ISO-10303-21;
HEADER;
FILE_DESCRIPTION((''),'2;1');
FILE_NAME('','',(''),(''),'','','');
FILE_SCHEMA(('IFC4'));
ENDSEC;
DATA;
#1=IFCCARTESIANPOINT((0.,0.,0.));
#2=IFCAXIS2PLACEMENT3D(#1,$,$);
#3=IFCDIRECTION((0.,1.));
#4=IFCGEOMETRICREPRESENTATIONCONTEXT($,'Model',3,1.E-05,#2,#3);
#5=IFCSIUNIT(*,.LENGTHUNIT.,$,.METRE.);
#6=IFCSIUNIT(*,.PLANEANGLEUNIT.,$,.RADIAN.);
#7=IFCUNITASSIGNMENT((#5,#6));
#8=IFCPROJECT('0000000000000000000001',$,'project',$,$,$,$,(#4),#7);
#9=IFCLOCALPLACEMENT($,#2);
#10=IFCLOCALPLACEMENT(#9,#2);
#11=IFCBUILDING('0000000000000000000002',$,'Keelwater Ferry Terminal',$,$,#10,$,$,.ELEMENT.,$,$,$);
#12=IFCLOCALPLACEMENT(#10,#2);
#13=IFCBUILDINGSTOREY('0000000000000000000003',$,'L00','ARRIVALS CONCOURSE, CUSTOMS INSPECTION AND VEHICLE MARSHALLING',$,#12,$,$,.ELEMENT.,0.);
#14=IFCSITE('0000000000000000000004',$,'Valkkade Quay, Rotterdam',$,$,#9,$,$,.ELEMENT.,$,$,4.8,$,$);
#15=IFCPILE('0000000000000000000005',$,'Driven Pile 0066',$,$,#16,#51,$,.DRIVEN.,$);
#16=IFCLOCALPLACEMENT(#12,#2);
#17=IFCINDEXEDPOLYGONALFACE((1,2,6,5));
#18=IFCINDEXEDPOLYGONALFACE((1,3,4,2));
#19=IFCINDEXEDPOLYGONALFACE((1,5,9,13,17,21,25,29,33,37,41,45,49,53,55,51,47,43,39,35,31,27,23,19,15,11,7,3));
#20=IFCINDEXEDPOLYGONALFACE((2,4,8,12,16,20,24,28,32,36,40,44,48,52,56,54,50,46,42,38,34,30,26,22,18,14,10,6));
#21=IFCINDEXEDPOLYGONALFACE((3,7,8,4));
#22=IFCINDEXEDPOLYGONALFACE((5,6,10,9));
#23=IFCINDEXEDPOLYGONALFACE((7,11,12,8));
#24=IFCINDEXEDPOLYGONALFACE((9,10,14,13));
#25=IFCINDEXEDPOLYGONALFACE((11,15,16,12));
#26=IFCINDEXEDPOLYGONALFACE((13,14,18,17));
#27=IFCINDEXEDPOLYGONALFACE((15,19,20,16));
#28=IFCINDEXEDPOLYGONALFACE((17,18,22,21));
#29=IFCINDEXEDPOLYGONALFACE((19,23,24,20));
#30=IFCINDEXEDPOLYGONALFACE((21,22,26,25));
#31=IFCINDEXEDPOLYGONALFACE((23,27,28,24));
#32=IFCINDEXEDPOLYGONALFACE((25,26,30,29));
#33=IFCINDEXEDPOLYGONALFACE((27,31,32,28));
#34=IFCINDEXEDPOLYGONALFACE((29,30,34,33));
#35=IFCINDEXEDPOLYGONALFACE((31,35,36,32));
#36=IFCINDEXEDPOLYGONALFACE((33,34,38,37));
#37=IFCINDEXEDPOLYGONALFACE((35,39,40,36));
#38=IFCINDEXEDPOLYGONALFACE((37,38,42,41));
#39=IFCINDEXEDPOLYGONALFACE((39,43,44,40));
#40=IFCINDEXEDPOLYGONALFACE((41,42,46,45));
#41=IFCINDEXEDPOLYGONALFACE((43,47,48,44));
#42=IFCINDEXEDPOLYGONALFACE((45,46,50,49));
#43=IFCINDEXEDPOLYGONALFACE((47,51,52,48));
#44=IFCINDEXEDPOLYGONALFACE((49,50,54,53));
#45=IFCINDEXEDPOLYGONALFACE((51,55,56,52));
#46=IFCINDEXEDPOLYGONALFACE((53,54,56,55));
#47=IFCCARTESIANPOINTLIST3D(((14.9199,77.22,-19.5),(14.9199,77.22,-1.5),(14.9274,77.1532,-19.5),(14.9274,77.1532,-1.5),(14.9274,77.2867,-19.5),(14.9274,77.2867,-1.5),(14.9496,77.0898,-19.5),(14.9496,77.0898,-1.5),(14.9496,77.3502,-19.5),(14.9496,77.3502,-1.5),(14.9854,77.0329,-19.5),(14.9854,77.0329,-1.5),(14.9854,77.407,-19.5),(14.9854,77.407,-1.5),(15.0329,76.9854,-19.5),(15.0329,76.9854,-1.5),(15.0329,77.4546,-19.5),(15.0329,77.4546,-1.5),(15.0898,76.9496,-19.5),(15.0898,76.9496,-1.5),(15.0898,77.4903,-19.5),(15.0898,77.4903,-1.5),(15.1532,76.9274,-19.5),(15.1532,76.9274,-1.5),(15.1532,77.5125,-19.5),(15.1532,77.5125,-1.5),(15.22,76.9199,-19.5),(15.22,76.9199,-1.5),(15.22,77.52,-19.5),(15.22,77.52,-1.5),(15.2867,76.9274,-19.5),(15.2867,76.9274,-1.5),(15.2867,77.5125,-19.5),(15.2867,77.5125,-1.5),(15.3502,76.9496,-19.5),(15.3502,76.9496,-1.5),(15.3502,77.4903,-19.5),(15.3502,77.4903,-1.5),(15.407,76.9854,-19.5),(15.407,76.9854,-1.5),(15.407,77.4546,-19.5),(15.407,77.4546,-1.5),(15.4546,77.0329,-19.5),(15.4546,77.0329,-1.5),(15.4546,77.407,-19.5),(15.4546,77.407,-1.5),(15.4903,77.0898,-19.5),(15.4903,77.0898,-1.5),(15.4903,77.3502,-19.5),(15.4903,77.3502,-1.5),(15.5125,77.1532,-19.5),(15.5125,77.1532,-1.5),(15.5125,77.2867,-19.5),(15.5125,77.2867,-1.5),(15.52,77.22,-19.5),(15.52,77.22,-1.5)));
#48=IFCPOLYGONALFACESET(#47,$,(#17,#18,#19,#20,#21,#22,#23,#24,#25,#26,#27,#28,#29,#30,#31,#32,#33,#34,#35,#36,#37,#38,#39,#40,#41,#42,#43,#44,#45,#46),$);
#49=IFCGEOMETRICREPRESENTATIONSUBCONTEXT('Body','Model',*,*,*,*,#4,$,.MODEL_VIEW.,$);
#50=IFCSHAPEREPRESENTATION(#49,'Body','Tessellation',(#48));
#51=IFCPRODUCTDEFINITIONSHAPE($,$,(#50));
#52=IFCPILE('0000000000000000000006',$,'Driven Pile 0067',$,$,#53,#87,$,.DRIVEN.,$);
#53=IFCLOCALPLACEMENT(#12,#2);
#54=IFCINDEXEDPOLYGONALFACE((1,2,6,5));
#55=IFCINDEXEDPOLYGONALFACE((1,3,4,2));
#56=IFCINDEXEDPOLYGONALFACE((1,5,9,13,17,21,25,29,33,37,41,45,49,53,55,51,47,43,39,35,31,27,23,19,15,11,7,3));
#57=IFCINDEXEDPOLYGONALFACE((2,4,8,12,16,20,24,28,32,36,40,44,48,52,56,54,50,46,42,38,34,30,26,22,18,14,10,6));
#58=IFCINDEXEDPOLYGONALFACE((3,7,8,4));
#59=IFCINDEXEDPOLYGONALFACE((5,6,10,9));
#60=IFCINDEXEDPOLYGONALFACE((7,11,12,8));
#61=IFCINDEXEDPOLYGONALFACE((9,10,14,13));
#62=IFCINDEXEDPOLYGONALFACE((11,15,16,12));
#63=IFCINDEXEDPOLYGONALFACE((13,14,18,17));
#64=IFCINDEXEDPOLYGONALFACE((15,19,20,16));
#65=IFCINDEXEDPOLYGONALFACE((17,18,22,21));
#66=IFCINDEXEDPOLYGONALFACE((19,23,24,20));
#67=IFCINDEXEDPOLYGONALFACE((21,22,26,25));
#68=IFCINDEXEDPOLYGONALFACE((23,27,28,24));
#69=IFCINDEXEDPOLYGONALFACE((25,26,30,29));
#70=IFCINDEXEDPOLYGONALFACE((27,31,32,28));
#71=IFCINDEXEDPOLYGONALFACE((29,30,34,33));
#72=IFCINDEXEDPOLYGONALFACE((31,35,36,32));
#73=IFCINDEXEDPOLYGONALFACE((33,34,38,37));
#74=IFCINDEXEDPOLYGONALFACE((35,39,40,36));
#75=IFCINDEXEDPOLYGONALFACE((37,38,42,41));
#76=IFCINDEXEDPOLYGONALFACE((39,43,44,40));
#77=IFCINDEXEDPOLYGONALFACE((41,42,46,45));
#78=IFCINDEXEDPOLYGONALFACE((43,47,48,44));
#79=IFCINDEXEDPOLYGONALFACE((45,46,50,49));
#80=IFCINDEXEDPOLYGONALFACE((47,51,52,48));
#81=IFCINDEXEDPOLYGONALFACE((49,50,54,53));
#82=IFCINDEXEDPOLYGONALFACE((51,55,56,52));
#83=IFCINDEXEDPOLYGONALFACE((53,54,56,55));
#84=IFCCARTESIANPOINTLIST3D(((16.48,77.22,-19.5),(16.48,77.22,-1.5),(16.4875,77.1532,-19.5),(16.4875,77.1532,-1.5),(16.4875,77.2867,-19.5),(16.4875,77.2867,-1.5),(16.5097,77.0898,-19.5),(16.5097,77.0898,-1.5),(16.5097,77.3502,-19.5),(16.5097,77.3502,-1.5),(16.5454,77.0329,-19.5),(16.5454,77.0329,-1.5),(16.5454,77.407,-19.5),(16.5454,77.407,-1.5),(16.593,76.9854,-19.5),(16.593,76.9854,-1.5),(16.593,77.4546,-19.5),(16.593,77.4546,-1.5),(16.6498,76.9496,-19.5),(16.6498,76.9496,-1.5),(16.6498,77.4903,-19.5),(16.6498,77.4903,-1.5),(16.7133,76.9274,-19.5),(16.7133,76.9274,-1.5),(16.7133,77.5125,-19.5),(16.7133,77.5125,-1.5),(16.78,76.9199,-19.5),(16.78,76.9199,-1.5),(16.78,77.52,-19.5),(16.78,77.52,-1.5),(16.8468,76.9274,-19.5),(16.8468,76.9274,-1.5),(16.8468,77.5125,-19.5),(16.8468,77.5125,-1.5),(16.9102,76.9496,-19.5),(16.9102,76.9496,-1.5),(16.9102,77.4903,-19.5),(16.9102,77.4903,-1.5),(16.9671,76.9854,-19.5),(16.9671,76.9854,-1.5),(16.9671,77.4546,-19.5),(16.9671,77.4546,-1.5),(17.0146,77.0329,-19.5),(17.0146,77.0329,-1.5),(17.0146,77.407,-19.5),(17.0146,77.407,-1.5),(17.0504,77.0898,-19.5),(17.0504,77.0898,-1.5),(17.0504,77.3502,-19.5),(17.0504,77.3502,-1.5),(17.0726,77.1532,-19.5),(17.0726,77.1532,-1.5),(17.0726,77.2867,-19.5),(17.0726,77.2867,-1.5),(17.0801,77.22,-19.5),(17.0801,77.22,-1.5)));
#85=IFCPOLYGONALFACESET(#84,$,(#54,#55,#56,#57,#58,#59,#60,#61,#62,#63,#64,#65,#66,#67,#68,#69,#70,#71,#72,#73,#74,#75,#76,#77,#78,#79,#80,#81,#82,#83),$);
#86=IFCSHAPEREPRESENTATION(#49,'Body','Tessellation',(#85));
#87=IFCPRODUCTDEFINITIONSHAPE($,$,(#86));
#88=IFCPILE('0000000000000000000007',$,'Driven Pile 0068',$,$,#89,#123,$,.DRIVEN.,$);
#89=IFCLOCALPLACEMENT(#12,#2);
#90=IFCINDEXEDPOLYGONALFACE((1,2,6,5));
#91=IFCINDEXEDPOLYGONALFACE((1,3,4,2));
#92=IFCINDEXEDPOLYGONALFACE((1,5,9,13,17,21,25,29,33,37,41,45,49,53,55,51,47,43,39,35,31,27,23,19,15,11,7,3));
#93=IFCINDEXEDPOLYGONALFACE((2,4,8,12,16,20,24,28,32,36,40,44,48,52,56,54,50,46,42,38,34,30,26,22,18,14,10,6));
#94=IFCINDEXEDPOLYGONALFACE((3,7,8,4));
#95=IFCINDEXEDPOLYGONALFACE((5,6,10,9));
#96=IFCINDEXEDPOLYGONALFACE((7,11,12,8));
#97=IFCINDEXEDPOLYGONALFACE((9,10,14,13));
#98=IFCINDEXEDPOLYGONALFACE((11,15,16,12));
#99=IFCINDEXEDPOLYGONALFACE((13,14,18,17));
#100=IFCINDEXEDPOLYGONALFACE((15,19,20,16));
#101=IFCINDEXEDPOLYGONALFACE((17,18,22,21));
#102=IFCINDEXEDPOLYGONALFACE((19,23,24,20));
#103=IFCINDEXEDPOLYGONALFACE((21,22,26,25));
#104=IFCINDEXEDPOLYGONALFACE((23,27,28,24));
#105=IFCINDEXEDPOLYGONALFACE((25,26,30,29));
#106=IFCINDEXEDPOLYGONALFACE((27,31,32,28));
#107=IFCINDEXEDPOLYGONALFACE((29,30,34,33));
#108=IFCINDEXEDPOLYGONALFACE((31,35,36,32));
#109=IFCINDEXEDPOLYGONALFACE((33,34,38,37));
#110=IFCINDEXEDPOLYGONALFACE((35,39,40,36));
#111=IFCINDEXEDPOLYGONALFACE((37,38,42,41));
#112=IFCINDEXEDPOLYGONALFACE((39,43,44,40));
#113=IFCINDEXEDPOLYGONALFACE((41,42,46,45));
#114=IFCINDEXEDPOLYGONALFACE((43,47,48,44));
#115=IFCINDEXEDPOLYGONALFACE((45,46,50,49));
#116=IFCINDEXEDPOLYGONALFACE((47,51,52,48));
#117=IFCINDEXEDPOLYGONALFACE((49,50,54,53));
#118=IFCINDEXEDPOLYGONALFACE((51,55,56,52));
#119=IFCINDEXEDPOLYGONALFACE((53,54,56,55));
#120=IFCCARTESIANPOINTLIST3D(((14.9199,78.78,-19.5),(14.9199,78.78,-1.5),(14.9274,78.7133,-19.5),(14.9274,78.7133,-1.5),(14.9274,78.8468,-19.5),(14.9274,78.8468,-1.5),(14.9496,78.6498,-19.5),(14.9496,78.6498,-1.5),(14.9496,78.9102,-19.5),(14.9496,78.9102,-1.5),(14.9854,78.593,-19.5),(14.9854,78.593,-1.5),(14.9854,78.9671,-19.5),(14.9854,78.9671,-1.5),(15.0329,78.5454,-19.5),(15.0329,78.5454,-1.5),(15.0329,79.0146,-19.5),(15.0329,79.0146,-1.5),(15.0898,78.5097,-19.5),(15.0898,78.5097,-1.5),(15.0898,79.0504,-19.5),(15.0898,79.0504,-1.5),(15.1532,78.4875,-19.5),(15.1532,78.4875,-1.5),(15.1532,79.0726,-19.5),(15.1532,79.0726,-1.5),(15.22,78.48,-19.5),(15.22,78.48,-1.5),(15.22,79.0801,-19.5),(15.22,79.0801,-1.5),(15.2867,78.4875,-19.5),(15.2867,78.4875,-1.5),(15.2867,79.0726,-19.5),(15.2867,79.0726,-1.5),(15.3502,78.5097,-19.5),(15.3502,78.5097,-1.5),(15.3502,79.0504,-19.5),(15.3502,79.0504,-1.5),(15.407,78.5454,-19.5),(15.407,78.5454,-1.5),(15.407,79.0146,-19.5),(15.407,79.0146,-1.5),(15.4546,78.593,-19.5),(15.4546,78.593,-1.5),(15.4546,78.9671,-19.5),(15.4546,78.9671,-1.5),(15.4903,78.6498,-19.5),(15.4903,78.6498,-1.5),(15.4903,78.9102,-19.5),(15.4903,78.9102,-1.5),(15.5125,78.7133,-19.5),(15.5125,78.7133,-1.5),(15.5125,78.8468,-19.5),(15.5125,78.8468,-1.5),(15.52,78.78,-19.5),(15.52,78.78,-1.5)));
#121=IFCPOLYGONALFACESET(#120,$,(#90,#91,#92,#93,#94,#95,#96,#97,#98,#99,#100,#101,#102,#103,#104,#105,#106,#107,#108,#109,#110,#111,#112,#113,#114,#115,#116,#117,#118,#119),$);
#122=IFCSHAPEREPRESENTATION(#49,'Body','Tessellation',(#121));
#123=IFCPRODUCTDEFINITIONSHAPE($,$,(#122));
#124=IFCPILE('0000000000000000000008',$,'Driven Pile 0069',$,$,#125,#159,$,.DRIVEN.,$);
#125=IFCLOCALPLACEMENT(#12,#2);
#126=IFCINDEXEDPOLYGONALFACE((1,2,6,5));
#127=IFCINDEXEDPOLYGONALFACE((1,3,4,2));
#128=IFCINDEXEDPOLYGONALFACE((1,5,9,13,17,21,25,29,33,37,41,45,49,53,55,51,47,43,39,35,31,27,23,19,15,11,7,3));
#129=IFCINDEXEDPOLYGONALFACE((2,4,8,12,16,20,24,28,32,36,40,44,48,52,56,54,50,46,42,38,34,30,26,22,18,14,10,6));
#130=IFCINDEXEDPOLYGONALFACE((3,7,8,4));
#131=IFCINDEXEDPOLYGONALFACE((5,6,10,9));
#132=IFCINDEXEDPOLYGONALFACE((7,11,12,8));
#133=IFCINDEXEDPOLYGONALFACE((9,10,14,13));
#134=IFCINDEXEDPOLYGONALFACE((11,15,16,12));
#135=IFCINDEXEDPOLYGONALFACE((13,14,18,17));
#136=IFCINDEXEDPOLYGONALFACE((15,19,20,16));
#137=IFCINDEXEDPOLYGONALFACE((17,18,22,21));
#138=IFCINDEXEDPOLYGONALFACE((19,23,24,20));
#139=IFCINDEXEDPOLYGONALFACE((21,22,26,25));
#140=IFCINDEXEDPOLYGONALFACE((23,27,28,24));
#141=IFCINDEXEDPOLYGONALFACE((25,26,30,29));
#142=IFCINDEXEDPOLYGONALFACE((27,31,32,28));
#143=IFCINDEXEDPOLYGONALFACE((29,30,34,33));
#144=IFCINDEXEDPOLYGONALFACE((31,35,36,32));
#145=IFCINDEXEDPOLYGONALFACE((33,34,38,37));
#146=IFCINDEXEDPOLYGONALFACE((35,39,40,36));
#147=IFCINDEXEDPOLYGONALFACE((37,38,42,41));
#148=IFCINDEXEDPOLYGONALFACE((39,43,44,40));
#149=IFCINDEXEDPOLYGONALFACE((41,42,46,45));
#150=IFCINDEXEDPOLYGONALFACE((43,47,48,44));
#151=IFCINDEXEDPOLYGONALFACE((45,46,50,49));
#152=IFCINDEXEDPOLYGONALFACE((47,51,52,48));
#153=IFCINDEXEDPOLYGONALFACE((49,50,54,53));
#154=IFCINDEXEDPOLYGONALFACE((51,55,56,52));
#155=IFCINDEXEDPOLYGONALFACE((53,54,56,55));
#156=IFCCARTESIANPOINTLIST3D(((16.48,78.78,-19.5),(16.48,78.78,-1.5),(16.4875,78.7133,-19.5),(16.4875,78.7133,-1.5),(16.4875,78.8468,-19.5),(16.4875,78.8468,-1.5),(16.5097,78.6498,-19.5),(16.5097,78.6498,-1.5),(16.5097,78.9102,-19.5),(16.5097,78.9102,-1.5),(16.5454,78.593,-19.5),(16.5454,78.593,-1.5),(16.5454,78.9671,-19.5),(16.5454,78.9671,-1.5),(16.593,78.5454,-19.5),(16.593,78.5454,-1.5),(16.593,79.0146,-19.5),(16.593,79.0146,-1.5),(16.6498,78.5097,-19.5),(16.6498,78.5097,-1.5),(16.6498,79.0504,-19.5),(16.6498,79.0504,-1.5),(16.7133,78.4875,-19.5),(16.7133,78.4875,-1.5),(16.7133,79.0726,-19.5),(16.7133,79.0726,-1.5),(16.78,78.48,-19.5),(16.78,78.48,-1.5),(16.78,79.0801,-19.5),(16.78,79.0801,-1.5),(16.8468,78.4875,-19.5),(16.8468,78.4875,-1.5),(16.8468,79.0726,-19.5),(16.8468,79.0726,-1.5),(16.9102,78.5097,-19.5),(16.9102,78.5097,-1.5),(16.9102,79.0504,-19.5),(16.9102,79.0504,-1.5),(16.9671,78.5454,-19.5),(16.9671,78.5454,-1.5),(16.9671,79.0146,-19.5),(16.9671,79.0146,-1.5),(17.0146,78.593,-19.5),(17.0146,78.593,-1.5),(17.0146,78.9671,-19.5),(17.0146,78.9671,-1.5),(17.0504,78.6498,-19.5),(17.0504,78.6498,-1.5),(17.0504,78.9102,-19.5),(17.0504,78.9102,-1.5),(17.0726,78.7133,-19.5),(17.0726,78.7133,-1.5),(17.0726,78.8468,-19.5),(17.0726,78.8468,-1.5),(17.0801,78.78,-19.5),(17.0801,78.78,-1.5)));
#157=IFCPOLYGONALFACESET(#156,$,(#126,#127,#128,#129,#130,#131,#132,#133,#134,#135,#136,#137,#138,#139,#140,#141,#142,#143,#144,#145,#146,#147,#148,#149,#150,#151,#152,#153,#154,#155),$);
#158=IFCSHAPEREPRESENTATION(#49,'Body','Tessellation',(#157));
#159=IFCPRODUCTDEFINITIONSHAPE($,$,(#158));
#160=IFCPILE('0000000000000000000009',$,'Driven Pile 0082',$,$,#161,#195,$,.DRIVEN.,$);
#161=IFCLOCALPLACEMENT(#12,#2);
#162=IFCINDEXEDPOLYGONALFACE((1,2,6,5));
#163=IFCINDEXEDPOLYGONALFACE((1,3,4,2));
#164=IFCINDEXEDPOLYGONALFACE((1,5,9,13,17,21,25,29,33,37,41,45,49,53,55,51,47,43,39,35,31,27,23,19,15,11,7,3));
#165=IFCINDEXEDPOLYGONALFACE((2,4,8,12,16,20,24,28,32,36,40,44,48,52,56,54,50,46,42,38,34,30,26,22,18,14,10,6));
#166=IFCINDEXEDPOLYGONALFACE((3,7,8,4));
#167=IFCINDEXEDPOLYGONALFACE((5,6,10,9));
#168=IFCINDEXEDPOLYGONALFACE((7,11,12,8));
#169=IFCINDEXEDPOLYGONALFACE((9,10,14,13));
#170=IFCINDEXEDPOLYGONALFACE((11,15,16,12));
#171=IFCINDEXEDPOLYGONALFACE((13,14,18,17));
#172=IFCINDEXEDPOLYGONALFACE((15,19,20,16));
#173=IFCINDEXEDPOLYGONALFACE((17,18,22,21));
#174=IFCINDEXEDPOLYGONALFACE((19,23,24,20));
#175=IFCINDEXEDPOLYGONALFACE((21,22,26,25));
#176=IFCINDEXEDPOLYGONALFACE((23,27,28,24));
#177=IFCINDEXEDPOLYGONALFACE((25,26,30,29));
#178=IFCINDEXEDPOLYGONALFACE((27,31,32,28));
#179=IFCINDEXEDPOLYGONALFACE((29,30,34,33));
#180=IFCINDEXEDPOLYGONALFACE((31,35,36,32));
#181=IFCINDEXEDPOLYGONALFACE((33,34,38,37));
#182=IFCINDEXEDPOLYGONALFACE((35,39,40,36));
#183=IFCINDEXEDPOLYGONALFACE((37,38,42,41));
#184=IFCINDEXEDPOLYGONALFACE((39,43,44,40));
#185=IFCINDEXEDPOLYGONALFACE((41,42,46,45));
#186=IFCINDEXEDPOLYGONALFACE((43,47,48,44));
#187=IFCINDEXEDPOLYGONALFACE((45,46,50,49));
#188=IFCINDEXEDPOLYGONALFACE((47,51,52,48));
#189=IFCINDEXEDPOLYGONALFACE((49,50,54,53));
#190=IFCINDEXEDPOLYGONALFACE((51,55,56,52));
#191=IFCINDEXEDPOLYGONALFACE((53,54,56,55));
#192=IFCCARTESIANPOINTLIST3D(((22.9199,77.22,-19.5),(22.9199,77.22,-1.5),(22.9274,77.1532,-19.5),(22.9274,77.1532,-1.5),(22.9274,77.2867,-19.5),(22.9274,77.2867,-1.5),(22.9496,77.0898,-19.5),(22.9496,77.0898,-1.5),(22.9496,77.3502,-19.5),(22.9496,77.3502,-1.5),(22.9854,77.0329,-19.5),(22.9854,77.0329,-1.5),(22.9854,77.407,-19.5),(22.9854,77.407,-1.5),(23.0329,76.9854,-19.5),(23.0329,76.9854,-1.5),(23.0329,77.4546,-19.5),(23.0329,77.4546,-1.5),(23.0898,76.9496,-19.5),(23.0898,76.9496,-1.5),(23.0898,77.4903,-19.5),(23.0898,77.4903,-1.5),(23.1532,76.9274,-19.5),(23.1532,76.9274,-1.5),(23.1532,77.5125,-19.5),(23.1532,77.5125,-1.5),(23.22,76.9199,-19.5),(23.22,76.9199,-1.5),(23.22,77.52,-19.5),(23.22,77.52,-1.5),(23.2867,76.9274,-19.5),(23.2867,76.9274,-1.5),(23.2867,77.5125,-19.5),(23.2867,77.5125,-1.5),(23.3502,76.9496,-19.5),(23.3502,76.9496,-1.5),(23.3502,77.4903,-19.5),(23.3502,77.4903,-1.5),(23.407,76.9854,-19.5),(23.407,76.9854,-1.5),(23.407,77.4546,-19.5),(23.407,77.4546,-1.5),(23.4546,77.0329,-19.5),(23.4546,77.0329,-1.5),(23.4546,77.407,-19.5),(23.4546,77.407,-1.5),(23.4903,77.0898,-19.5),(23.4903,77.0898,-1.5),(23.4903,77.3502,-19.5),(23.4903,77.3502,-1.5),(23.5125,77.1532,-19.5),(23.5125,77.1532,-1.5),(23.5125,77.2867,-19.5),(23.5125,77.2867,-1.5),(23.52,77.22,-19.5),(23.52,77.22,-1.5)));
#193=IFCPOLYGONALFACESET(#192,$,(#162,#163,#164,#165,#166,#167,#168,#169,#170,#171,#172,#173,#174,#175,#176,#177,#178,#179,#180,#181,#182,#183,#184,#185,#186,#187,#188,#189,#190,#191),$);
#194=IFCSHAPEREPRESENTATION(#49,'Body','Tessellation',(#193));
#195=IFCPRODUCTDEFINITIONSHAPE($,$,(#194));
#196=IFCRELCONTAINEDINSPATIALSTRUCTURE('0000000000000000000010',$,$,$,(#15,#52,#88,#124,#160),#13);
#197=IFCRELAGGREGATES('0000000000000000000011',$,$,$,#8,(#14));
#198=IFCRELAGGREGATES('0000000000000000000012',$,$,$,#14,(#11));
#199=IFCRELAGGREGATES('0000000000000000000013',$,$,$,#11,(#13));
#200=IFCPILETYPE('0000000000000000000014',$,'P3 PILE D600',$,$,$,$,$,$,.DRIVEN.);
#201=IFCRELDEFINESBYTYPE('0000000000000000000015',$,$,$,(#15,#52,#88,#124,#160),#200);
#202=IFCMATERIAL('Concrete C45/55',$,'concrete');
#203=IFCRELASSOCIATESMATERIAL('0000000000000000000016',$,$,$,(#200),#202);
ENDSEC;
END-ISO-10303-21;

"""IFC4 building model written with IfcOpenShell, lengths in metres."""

from ifc_helpers import new_model, si_unit, direction, frame, origin, origin_2d, place, context, subcontext, project, spatial, circle, extrude, material, material_profile, profile_set, type_object, element, save


model = new_model("IFC4")

# Units and contexts
model_context = context("Model", 3, precision=1e-05, world=origin(), true_north=direction((0.0, 1.0)))
body_context = subcontext(model_context, "Body", "Model", "MODEL_VIEW")
ifc_project = project(units=[si_unit("LENGTHUNIT", "METRE"), si_unit("PLANEANGLEUNIT", "RADIAN")], contexts=[model_context])

# Site, building, storey
site_placement = place(None, origin())
site = spatial("IfcSite", under=ifc_project, at=site_placement, Name="Valkkade Quay, Rotterdam", CompositionType="ELEMENT", RefElevation=4.8)
building_placement = place(site_placement, origin())
building = spatial("IfcBuilding", under=site, at=building_placement, Name="Keelwater Ferry Terminal", CompositionType="ELEMENT")
storey_placement = place(building_placement, origin())
storey = spatial("IfcBuildingStorey", under=building, at=storey_placement, Name="L00", Description="ARRIVALS CONCOURSE, CUSTOMS INSPECTION AND VEHICLE MARSHALLING", CompositionType="ELEMENT", Elevation=0.0)

# Piles
ifc_material_1 = material(Name="Concrete C45/55", Category="concrete")
ifc_material_profile_1 = material_profile(ifc_material_1, circle(Radius=0.3, at=origin_2d()), Name="PILE D600")
ifc_profile_set_1 = profile_set([ifc_material_profile_1], Name="Concrete C45/55")
pile_type = type_object("IfcPileType", Name="P3 PILE D600", PredefinedType="DRIVEN", material=ifc_profile_set_1)
for number, where, z_axis, x_axis, name in (
    (1, (15.22, 77.22, -1.5), (0.0, 0.0, -1.0), (1.0, 0.0, 0.0), "Driven Pile 0066"),
    (2, (16.78, 77.22, -1.5), (0.0, 0.0, -1.0), (1.0, 0.0, 0.0), "Driven Pile 0067"),
    (3, (15.22, 78.78, -1.5), (0.0, 0.0, -1.0), (1.0, 0.0, 0.0), "Driven Pile 0068"),
    (4, (16.78, 78.78, -1.5), (0.0, 0.0, -1.0), (1.0, 0.0, 0.0), "Driven Pile 0069"),
    (5, (23.22, 77.22, -1.5), (0.0, 0.0, -1.0), (1.0, 0.0, 0.0), "Driven Pile 0082"),
):
    element("IfcPile", number, at=place(storey_placement, frame(where, z_axis=z_axis, x_axis=x_axis)), inside=storey, type_object=pile_type, Name=name, PredefinedType="DRIVEN", context=body_context, shape_type="SweptSolid", body=[
        extrude(circle(Radius=0.3, at=origin_2d()), origin(), (0.0, 0.0, 1.0), 18.0),
    ])

save(model, "model.ifc")
